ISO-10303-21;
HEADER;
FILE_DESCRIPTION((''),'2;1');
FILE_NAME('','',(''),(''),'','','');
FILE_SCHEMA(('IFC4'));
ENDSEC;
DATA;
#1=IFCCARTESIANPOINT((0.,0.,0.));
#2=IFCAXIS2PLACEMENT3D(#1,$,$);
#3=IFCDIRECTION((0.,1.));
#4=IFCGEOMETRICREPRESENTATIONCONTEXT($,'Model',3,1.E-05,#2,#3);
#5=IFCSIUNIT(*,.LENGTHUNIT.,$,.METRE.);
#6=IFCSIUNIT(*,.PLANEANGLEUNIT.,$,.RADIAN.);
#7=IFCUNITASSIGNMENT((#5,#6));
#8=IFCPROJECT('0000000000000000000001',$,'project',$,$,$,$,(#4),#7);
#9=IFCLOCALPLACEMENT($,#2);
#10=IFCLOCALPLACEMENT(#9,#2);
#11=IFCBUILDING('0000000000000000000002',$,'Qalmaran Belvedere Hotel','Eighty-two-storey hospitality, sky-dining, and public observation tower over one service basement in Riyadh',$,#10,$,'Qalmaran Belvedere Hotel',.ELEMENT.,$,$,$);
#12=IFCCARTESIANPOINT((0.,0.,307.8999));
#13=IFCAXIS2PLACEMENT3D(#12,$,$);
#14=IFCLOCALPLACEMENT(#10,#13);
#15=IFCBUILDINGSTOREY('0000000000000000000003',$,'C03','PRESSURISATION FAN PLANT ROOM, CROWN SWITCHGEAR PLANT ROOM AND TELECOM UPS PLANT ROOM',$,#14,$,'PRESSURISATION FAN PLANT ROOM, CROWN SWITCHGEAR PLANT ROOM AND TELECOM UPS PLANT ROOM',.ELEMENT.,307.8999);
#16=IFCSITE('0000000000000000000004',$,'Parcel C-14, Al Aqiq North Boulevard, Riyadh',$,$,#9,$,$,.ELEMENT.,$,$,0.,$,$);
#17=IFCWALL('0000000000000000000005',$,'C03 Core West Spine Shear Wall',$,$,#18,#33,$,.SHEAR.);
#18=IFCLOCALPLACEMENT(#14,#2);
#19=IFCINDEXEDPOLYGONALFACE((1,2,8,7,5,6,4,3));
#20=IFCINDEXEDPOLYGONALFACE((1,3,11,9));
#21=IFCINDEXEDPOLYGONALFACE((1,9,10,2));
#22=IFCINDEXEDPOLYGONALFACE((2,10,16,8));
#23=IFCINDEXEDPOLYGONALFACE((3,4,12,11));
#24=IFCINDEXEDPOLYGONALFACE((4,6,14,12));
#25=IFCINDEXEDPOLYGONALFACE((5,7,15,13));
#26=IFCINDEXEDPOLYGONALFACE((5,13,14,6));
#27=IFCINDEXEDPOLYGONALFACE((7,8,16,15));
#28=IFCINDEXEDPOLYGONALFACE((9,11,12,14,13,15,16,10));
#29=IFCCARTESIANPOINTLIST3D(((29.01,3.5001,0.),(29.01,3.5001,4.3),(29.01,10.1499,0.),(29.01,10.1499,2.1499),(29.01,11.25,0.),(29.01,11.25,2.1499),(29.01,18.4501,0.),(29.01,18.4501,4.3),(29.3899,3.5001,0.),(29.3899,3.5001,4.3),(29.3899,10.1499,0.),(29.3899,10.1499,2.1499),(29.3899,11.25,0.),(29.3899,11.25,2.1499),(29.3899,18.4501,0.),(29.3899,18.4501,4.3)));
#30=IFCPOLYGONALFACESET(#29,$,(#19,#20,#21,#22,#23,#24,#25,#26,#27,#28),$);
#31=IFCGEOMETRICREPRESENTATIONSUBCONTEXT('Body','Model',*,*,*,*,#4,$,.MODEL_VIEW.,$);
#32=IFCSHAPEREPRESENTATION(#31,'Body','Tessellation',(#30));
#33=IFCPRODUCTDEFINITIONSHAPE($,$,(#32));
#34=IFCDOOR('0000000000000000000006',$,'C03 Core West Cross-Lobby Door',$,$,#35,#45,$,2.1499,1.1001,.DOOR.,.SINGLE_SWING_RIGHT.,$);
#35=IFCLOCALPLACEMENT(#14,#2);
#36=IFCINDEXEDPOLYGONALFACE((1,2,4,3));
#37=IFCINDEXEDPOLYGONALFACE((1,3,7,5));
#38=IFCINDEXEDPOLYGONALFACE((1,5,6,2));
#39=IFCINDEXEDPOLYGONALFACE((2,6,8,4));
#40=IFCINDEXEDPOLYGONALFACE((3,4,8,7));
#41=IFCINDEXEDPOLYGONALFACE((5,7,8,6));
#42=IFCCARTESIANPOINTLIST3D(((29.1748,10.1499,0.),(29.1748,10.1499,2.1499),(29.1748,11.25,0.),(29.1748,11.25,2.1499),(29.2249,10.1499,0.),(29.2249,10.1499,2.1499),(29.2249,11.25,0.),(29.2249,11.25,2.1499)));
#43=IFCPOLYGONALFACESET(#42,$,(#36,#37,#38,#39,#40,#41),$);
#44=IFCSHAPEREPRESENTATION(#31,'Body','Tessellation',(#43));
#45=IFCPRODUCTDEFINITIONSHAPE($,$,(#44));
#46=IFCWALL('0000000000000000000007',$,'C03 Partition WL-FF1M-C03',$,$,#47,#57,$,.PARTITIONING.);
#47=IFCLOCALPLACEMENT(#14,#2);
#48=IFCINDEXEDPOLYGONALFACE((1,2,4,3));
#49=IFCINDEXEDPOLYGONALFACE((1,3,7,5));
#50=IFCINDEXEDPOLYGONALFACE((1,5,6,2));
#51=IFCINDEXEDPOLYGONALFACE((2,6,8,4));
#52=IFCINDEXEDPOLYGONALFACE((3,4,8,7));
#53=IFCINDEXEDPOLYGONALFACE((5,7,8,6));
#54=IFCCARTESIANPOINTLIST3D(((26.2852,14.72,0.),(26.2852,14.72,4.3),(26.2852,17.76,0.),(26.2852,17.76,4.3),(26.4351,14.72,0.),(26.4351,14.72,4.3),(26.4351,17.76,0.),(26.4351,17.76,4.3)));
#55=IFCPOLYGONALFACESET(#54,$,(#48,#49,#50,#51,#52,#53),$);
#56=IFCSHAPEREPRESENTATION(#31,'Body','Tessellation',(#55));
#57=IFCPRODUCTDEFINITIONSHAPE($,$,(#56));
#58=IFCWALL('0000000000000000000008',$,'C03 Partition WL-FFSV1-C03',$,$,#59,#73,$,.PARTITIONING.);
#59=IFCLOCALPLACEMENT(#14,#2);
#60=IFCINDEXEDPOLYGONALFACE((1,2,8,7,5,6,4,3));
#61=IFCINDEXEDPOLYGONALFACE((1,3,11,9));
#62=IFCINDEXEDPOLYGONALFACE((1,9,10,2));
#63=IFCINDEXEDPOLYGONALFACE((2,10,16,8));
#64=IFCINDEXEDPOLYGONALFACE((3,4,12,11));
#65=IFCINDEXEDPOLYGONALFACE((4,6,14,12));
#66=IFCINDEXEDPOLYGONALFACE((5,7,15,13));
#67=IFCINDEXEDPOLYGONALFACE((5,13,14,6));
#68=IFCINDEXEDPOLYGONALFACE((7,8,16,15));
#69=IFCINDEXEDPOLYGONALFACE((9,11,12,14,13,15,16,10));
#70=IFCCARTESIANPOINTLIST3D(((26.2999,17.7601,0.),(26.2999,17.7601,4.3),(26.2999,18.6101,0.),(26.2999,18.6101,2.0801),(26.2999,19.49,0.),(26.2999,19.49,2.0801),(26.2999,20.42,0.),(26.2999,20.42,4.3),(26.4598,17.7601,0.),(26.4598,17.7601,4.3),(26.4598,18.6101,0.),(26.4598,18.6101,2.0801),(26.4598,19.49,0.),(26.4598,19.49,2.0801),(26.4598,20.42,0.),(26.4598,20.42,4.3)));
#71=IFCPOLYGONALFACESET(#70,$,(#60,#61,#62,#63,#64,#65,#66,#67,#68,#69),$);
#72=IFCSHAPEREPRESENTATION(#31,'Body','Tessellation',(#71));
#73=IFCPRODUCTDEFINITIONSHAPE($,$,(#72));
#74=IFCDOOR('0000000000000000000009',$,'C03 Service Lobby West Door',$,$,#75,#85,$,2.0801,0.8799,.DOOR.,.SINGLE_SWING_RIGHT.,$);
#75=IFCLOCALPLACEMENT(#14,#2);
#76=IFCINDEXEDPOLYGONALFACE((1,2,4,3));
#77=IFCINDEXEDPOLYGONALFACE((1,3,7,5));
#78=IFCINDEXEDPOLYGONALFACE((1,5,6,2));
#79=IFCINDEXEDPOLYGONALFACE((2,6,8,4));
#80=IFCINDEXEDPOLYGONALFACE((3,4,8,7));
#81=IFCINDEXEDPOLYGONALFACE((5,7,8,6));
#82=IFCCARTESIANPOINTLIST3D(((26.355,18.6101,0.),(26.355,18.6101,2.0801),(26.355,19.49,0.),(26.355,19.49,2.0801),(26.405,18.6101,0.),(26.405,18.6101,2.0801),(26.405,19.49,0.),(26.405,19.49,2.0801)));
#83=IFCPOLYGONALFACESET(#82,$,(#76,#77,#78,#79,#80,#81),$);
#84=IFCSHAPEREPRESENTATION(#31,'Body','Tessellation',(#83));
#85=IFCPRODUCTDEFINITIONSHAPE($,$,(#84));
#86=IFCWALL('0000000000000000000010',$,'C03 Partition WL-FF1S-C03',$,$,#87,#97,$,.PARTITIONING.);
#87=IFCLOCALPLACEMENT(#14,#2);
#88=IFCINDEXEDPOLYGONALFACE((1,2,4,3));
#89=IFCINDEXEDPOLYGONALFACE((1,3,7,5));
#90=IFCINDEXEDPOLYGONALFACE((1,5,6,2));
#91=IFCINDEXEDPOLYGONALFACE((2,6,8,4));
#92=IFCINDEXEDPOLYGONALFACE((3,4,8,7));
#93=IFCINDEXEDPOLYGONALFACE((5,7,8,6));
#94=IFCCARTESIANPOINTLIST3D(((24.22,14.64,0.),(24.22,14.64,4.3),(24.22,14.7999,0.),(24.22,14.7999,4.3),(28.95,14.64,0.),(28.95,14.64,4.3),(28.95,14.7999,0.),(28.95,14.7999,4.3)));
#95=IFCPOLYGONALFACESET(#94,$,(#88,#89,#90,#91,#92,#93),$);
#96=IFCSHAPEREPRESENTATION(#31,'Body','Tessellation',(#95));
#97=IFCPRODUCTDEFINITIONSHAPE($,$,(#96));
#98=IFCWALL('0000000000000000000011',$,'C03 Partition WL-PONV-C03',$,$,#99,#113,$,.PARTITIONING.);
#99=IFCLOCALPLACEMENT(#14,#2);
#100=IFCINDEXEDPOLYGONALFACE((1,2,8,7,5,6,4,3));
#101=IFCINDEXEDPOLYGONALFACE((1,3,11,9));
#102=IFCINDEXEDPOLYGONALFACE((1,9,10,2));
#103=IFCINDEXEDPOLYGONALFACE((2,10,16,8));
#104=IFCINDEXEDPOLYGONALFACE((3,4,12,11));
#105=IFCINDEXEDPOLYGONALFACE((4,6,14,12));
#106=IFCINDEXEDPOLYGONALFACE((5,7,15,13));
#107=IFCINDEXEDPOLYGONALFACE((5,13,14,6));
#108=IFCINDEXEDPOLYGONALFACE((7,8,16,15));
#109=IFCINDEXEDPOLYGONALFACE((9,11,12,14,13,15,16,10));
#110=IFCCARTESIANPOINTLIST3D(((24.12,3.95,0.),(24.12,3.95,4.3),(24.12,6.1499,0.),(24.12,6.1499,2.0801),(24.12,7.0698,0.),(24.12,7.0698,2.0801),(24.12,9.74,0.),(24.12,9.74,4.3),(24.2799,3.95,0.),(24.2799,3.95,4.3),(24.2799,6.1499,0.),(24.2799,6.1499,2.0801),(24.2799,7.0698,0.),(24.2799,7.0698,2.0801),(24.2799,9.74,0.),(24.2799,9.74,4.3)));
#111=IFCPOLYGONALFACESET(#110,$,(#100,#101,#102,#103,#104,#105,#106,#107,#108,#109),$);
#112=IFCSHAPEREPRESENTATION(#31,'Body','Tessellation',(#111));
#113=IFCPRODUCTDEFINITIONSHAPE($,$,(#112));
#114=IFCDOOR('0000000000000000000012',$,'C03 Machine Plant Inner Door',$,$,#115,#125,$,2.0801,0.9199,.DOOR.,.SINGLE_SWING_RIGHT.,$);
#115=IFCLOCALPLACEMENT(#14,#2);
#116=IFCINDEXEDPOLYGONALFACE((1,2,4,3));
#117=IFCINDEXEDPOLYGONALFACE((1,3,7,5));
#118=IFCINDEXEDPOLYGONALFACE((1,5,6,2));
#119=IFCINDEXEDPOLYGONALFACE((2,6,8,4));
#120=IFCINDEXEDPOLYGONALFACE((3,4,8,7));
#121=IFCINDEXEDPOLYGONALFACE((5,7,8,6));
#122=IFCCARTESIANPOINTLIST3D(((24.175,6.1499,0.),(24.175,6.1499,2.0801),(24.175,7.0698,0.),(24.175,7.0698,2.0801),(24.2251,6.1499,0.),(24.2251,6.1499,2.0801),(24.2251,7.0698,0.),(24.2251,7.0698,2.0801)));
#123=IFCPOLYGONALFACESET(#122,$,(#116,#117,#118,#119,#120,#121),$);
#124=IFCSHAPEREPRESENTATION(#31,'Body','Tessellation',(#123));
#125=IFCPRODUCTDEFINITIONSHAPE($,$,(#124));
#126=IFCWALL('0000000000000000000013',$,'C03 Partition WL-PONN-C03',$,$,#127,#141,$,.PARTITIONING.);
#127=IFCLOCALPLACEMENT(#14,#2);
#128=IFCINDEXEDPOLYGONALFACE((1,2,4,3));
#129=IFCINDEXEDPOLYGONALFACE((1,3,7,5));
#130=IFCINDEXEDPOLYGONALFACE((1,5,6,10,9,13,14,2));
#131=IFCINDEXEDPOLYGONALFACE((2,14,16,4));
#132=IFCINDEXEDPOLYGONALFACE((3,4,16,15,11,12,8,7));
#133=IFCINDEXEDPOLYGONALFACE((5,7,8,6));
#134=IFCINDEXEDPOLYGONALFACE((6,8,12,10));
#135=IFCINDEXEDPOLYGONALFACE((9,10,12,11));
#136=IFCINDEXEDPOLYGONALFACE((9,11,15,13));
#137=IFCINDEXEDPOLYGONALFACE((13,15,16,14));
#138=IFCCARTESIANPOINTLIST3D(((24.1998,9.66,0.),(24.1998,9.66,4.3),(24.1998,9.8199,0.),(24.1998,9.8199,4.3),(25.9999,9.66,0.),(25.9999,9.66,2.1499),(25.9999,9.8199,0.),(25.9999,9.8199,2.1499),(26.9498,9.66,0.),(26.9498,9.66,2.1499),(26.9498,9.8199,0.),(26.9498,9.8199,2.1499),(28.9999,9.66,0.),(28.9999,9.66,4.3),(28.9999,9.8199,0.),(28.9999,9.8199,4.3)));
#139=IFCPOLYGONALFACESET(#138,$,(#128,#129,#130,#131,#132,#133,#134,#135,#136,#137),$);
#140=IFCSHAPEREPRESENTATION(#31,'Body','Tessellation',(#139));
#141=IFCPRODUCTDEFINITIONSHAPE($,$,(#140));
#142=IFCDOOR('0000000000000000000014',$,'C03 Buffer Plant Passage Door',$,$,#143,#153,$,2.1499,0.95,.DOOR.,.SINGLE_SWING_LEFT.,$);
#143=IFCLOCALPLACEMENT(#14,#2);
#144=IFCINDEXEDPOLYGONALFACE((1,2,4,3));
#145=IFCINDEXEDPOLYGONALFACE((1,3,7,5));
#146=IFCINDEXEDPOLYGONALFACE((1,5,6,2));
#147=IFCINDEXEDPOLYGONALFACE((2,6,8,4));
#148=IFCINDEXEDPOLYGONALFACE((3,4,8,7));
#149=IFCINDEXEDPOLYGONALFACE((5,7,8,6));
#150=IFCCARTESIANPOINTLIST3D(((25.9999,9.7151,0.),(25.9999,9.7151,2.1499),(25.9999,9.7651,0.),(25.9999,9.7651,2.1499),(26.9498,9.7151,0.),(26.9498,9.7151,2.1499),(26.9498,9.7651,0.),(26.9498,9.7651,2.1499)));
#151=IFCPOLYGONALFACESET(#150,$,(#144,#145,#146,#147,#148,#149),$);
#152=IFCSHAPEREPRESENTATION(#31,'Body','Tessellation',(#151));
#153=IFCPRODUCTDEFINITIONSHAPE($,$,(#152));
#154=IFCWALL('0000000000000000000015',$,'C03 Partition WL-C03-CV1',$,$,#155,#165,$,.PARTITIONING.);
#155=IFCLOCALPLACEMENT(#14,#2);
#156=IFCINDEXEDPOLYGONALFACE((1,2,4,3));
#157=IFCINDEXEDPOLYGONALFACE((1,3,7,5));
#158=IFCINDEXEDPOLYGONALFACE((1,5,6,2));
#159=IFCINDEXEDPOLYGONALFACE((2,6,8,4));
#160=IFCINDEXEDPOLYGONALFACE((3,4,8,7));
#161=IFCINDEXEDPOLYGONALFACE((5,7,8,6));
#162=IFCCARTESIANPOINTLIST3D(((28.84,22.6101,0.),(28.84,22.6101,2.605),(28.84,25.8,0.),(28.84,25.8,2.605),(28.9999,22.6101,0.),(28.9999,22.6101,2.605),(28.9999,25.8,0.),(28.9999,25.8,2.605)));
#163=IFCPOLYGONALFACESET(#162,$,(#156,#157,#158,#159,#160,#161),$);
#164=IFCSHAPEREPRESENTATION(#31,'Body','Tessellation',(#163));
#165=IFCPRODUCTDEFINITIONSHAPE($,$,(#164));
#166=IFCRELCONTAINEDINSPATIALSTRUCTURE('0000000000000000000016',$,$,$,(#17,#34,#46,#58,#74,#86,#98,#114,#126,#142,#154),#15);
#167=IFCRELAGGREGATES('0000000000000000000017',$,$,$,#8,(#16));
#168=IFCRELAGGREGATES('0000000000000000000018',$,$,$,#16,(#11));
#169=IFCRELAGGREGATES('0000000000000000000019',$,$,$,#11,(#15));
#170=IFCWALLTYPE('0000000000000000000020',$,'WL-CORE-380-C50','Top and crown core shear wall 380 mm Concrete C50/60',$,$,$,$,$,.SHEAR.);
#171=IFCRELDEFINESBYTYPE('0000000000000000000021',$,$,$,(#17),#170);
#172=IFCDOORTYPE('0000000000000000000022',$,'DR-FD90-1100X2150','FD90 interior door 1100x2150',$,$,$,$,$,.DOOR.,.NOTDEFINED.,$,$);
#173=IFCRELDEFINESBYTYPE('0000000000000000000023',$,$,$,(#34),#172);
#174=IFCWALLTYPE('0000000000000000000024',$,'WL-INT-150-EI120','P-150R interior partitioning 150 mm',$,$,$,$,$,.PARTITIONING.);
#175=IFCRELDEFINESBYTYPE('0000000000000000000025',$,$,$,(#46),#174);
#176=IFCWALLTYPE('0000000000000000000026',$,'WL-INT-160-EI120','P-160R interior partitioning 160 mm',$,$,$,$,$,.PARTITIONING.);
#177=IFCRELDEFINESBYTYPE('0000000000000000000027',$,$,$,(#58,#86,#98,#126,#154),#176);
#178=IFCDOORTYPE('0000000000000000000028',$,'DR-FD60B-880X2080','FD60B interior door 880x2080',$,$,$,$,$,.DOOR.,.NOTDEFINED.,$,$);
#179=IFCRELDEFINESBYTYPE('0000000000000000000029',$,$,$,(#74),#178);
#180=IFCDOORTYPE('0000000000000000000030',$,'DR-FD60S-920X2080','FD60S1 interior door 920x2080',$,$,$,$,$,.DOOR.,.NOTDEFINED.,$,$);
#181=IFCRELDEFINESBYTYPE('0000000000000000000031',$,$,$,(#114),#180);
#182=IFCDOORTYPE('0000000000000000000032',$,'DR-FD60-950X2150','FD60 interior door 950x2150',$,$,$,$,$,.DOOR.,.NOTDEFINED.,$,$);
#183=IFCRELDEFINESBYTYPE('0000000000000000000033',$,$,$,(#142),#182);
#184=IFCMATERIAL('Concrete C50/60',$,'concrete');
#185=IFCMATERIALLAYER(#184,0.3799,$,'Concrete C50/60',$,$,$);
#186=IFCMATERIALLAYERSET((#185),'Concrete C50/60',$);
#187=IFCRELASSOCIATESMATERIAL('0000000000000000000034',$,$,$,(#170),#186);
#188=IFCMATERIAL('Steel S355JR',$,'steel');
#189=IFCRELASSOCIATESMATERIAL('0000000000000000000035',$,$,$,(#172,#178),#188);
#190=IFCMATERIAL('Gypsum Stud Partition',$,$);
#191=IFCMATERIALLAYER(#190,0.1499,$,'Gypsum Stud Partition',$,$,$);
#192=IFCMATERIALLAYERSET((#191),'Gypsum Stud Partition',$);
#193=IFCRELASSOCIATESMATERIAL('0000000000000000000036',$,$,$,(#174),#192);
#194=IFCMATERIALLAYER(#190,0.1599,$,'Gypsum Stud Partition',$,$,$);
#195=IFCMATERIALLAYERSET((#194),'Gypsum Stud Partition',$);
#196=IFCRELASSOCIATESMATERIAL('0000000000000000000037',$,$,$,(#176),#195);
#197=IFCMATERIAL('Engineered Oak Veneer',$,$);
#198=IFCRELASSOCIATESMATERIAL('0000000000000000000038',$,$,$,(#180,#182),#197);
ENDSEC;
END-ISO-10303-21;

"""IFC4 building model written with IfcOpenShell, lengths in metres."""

from ifc_helpers import new_model, si_unit, direction, frame, frame_2d, origin, place, context, subcontext, project, spatial, rectangle, extrude, material, layer, layer_set, type_object, element, fill, save


model = new_model("IFC4")

# Units and contexts
model_context = context("Model", 3, precision=1e-05, world=origin(), true_north=direction((0.0, 1.0)))
body_context = subcontext(model_context, "Body", "Model", "MODEL_VIEW")
ifc_project = project(units=[si_unit("LENGTHUNIT", "METRE"), si_unit("PLANEANGLEUNIT", "RADIAN")], contexts=[model_context])

# Site, building, storey
site_placement = place(None, origin())
site = spatial("IfcSite", under=ifc_project, at=site_placement, Name="Parcel C-14, Al Aqiq North Boulevard, Riyadh", CompositionType="ELEMENT", RefElevation=0.0)
building_placement = place(site_placement, origin())
building = spatial("IfcBuilding", under=site, at=building_placement, Name="Qalmaran Belvedere Hotel", Description="Eighty-two-storey hospitality, sky-dining, and public observation tower over one service basement in Riyadh", LongName="Qalmaran Belvedere Hotel", CompositionType="ELEMENT")
storey_placement = place(building_placement, frame((0.0, 0.0, 307.8999)))
storey = spatial("IfcBuildingStorey", under=building, at=storey_placement, Name="C03", Description="PRESSURISATION FAN PLANT ROOM, CROWN SWITCHGEAR PLANT ROOM AND TELECOM UPS PLANT ROOM", LongName="PRESSURISATION FAN PLANT ROOM, CROWN SWITCHGEAR PLANT ROOM AND TELECOM UPS PLANT ROOM", CompositionType="ELEMENT", Elevation=307.8999)

# Shared definitions
ifc_material_1 = material(Name="Concrete C50/60", Category="concrete")

# Shared definitions
ifc_material_2 = material(Name="Steel S355JR", Category="steel")

# Wall, opening, door
ifc_layer_1 = layer(ifc_material_1, 0.3799, Name="Concrete C50/60")
ifc_layer_set_1 = layer_set([ifc_layer_1], Name="Concrete C50/60")
wall_type_1 = type_object("IfcWallType", Name="WL-CORE-380-C50", Description="Top and crown core shear wall 380 mm Concrete C50/60", PredefinedType="SHEAR", material=ifc_layer_set_1)
wall_1_placement = place(storey_placement, frame((29.2, 3.5, 0.0), z_axis=(0.0, 0.0, 1.0), x_axis=(0.0, 1.0, 0.0)))
wall_1 = element("IfcWall", 1, at=wall_1_placement, inside=storey, type_object=wall_type_1, Name="C03 Core West Spine Shear Wall", PredefinedType="SHEAR", context=body_context, shape_type="SweptSolid", body=[
    extrude(rectangle(XDim=14.95, YDim=0.3799, at=frame_2d((7.4751, 0.0))), origin(), (0.0, 0.0, 1.0), 4.3),
])
opening_1_placement = place(wall_1_placement, frame((7.75, 0.0, 0.0), z_axis=(0.0, 0.0, 1.0), x_axis=(-1.0, 0.0, 0.0)))
opening_1 = element("IfcOpeningElement", 2, at=opening_1_placement, cuts=wall_1, PredefinedType="OPENING", context=body_context, shape_type="SweptSolid", body=[
    extrude(rectangle(XDim=1.1001, YDim=2.1499, at=frame_2d((0.55, 1.075))), frame((0.0, 0.2, 0.0), z_axis=(0.0, -1.0, 0.0), x_axis=(1.0, 0.0, 0.0)), (0.0, 0.0, 1.0), 0.3999),
])
door_type_1 = type_object("IfcDoorType", Name="DR-FD90-1100X2150", Description="FD90 interior door 1100x2150", OperationType="NOTDEFINED", PredefinedType="DOOR", material=ifc_material_2)
door_1_placement = place(opening_1_placement, origin())
door_1 = element("IfcDoor", 3, at=door_1_placement, inside=storey, type_object=door_type_1, Name="C03 Core West Cross-Lobby Door", OperationType="SINGLE_SWING_RIGHT", OverallHeight=2.1499, OverallWidth=1.1001, PredefinedType="DOOR", context=body_context, shape_type="SweptSolid", body=[
    extrude(rectangle(XDim=1.1001, YDim=2.1499, at=frame_2d((0.55, 1.075))), frame((0.0, 0.0249, 0.0), z_axis=(0.0, -1.0, 0.0), x_axis=(1.0, 0.0, 0.0)), (0.0, 0.0, 1.0), 0.05),
])
fill(opening_1, door_1)

# Wall
ifc_material_3 = material(Name="Gypsum Stud Partition")
ifc_layer_2 = layer(ifc_material_3, 0.1499, Name="Gypsum Stud Partition")
ifc_layer_set_2 = layer_set([ifc_layer_2], Name="Gypsum Stud Partition")
wall_type_2 = type_object("IfcWallType", Name="WL-INT-150-EI120", Description="P-150R interior partitioning 150 mm", PredefinedType="PARTITIONING", material=ifc_layer_set_2)
wall_2_placement = place(storey_placement, frame((26.3601, 14.72, 0.0), z_axis=(0.0, 0.0, 1.0), x_axis=(0.0, 1.0, 0.0)))
element("IfcWall", 4, at=wall_2_placement, inside=storey, type_object=wall_type_2, Name="C03 Partition WL-FF1M-C03", PredefinedType="PARTITIONING", context=body_context, shape_type="SweptSolid", body=[
    extrude(rectangle(XDim=3.04, YDim=0.1499, at=frame_2d((1.52, 0.0))), origin(), (0.0, 0.0, 1.0), 4.3),
])

# Wall, opening, door
ifc_layer_3 = layer(ifc_material_3, 0.1599, Name="Gypsum Stud Partition")
ifc_layer_set_3 = layer_set([ifc_layer_3], Name="Gypsum Stud Partition")
wall_type_3 = type_object("IfcWallType", Name="WL-INT-160-EI120", Description="P-160R interior partitioning 160 mm", PredefinedType="PARTITIONING", material=ifc_layer_set_3)
wall_3_placement = place(storey_placement, frame((26.3799, 17.76, 0.0), z_axis=(0.0, 0.0, 1.0), x_axis=(0.0, 1.0, 0.0)))
wall_3 = element("IfcWall", 5, at=wall_3_placement, inside=storey, type_object=wall_type_3, Name="C03 Partition WL-FFSV1-C03", PredefinedType="PARTITIONING", context=body_context, shape_type="SweptSolid", body=[
    extrude(rectangle(XDim=2.6599, YDim=0.1599, at=frame_2d((1.3301, 0.0))), origin(), (0.0, 0.0, 1.0), 4.3),
])
opening_2_placement = place(wall_3_placement, frame((0.8501, 0.0, 0.0)))
opening_2 = element("IfcOpeningElement", 6, at=opening_2_placement, cuts=wall_3, PredefinedType="OPENING", context=body_context, shape_type="SweptSolid", body=[
    extrude(rectangle(XDim=0.8799, YDim=2.0801, at=frame_2d((0.4399, 1.04))), frame((0.0, 0.0898, 0.0), z_axis=(0.0, -1.0, 0.0), x_axis=(1.0, 0.0, 0.0)), (0.0, 0.0, 1.0), 0.1799),
])
door_type_2 = type_object("IfcDoorType", Name="DR-FD60B-880X2080", Description="FD60B interior door 880x2080", OperationType="NOTDEFINED", PredefinedType="DOOR", material=ifc_material_2)
door_2_placement = place(opening_2_placement, origin())
door_2 = element("IfcDoor", 7, at=door_2_placement, inside=storey, type_object=door_type_2, Name="C03 Service Lobby West Door", OperationType="SINGLE_SWING_RIGHT", OverallHeight=2.0801, OverallWidth=0.8799, PredefinedType="DOOR", context=body_context, shape_type="SweptSolid", body=[
    extrude(rectangle(XDim=0.8799, YDim=2.0801, at=frame_2d((0.4399, 1.04))), frame((0.0, 0.0249, 0.0), z_axis=(0.0, -1.0, 0.0), x_axis=(1.0, 0.0, 0.0)), (0.0, 0.0, 1.0), 0.05),
])
fill(opening_2, door_2)

# Wall
wall_4_placement = place(storey_placement, frame((24.22, 14.72, 0.0), z_axis=(0.0, 0.0, 1.0), x_axis=(1.0, 0.0, 0.0)))
element("IfcWall", 8, at=wall_4_placement, inside=storey, type_object=wall_type_3, Name="C03 Partition WL-FF1S-C03", PredefinedType="PARTITIONING", context=body_context, shape_type="SweptSolid", body=[
    extrude(rectangle(XDim=4.73, YDim=0.1599, at=frame_2d((2.365, 0.0))), origin(), (0.0, 0.0, 1.0), 4.3),
])

# Walls, openings, doors
wall_5_placement = place(storey_placement, frame((24.2, 3.95, 0.0), z_axis=(0.0, 0.0, 1.0), x_axis=(0.0, 1.0, 0.0)))
wall_5 = element("IfcWall", 9, at=wall_5_placement, inside=storey, type_object=wall_type_3, Name="C03 Partition WL-PONV-C03", PredefinedType="PARTITIONING", context=body_context, shape_type="SweptSolid", body=[
    extrude(rectangle(XDim=5.79, YDim=0.1599, at=frame_2d((2.895, 0.0))), origin(), (0.0, 0.0, 1.0), 4.3),
])
opening_3_placement = place(wall_5_placement, frame((2.2, 0.0, 0.0)))
opening_3 = element("IfcOpeningElement", 10, at=opening_3_placement, cuts=wall_5, PredefinedType="OPENING", context=body_context, shape_type="SweptSolid", body=[
    extrude(rectangle(XDim=0.9199, YDim=2.0801, at=frame_2d((0.46, 1.04))), frame((0.0, 0.0898, 0.0), z_axis=(0.0, -1.0, 0.0), x_axis=(1.0, 0.0, 0.0)), (0.0, 0.0, 1.0), 0.1799),
])
ifc_material_4 = material(Name="Engineered Oak Veneer")
door_type_3 = type_object("IfcDoorType", Name="DR-FD60S-920X2080", Description="FD60S1 interior door 920x2080", OperationType="NOTDEFINED", PredefinedType="DOOR", material=ifc_material_4)
door_3_placement = place(opening_3_placement, origin())
door_3 = element("IfcDoor", 11, at=door_3_placement, inside=storey, type_object=door_type_3, Name="C03 Machine Plant Inner Door", OperationType="SINGLE_SWING_RIGHT", OverallHeight=2.0801, OverallWidth=0.9199, PredefinedType="DOOR", context=body_context, shape_type="SweptSolid", body=[
    extrude(rectangle(XDim=0.9199, YDim=2.0801, at=frame_2d((0.46, 1.04))), frame((0.0, 0.0249, 0.0), z_axis=(0.0, -1.0, 0.0), x_axis=(1.0, 0.0, 0.0)), (0.0, 0.0, 1.0), 0.05),
])
fill(opening_3, door_3)
wall_6_placement = place(storey_placement, frame((24.2, 9.74, 0.0), z_axis=(0.0, 0.0, 1.0), x_axis=(1.0, 0.0, 0.0)))
wall_6 = element("IfcWall", 12, at=wall_6_placement, inside=storey, type_object=wall_type_3, Name="C03 Partition WL-PONN-C03", PredefinedType="PARTITIONING", context=body_context, shape_type="SweptSolid", body=[
    extrude(rectangle(XDim=4.8, YDim=0.1599, at=frame_2d((2.3999, 0.0))), origin(), (0.0, 0.0, 1.0), 4.3),
])
opening_4_placement = place(wall_6_placement, frame((2.75, 0.0, 0.0), z_axis=(0.0, 0.0, 1.0), x_axis=(-1.0, 0.0, 0.0)))
opening_4 = element("IfcOpeningElement", 13, at=opening_4_placement, cuts=wall_6, PredefinedType="OPENING", context=body_context, shape_type="SweptSolid", body=[
    extrude(rectangle(XDim=0.95, YDim=2.1499, at=frame_2d((0.4751, 1.075))), frame((0.0, 0.0898, 0.0), z_axis=(0.0, -1.0, 0.0), x_axis=(1.0, 0.0, 0.0)), (0.0, 0.0, 1.0), 0.1799),
])
door_type_4 = type_object("IfcDoorType", Name="DR-FD60-950X2150", Description="FD60 interior door 950x2150", OperationType="NOTDEFINED", PredefinedType="DOOR", material=ifc_material_4)
door_4_placement = place(opening_4_placement, origin())
door_4 = element("IfcDoor", 14, at=door_4_placement, inside=storey, type_object=door_type_4, Name="C03 Buffer Plant Passage Door", OperationType="SINGLE_SWING_LEFT", OverallHeight=2.1499, OverallWidth=0.95, PredefinedType="DOOR", context=body_context, shape_type="SweptSolid", body=[
    extrude(rectangle(XDim=0.95, YDim=2.1499, at=frame_2d((0.4751, 1.075))), frame((0.0, 0.0249, 0.0), z_axis=(0.0, -1.0, 0.0), x_axis=(1.0, 0.0, 0.0)), (0.0, 0.0, 1.0), 0.05),
])
fill(opening_4, door_4)

# Wall
wall_7_placement = place(storey_placement, frame((28.9199, 22.6101, 0.0), z_axis=(0.0, 0.0, 1.0), x_axis=(0.0, 1.0, 0.0)))
element("IfcWall", 15, at=wall_7_placement, inside=storey, type_object=wall_type_3, Name="C03 Partition WL-C03-CV1", PredefinedType="PARTITIONING", context=body_context, shape_type="SweptSolid", body=[
    extrude(rectangle(XDim=3.1899, YDim=0.1599, at=frame_2d((1.595, 0.0))), origin(), (0.0, 0.0, 1.0), 2.605),
])

save(model, "model.ifc")
